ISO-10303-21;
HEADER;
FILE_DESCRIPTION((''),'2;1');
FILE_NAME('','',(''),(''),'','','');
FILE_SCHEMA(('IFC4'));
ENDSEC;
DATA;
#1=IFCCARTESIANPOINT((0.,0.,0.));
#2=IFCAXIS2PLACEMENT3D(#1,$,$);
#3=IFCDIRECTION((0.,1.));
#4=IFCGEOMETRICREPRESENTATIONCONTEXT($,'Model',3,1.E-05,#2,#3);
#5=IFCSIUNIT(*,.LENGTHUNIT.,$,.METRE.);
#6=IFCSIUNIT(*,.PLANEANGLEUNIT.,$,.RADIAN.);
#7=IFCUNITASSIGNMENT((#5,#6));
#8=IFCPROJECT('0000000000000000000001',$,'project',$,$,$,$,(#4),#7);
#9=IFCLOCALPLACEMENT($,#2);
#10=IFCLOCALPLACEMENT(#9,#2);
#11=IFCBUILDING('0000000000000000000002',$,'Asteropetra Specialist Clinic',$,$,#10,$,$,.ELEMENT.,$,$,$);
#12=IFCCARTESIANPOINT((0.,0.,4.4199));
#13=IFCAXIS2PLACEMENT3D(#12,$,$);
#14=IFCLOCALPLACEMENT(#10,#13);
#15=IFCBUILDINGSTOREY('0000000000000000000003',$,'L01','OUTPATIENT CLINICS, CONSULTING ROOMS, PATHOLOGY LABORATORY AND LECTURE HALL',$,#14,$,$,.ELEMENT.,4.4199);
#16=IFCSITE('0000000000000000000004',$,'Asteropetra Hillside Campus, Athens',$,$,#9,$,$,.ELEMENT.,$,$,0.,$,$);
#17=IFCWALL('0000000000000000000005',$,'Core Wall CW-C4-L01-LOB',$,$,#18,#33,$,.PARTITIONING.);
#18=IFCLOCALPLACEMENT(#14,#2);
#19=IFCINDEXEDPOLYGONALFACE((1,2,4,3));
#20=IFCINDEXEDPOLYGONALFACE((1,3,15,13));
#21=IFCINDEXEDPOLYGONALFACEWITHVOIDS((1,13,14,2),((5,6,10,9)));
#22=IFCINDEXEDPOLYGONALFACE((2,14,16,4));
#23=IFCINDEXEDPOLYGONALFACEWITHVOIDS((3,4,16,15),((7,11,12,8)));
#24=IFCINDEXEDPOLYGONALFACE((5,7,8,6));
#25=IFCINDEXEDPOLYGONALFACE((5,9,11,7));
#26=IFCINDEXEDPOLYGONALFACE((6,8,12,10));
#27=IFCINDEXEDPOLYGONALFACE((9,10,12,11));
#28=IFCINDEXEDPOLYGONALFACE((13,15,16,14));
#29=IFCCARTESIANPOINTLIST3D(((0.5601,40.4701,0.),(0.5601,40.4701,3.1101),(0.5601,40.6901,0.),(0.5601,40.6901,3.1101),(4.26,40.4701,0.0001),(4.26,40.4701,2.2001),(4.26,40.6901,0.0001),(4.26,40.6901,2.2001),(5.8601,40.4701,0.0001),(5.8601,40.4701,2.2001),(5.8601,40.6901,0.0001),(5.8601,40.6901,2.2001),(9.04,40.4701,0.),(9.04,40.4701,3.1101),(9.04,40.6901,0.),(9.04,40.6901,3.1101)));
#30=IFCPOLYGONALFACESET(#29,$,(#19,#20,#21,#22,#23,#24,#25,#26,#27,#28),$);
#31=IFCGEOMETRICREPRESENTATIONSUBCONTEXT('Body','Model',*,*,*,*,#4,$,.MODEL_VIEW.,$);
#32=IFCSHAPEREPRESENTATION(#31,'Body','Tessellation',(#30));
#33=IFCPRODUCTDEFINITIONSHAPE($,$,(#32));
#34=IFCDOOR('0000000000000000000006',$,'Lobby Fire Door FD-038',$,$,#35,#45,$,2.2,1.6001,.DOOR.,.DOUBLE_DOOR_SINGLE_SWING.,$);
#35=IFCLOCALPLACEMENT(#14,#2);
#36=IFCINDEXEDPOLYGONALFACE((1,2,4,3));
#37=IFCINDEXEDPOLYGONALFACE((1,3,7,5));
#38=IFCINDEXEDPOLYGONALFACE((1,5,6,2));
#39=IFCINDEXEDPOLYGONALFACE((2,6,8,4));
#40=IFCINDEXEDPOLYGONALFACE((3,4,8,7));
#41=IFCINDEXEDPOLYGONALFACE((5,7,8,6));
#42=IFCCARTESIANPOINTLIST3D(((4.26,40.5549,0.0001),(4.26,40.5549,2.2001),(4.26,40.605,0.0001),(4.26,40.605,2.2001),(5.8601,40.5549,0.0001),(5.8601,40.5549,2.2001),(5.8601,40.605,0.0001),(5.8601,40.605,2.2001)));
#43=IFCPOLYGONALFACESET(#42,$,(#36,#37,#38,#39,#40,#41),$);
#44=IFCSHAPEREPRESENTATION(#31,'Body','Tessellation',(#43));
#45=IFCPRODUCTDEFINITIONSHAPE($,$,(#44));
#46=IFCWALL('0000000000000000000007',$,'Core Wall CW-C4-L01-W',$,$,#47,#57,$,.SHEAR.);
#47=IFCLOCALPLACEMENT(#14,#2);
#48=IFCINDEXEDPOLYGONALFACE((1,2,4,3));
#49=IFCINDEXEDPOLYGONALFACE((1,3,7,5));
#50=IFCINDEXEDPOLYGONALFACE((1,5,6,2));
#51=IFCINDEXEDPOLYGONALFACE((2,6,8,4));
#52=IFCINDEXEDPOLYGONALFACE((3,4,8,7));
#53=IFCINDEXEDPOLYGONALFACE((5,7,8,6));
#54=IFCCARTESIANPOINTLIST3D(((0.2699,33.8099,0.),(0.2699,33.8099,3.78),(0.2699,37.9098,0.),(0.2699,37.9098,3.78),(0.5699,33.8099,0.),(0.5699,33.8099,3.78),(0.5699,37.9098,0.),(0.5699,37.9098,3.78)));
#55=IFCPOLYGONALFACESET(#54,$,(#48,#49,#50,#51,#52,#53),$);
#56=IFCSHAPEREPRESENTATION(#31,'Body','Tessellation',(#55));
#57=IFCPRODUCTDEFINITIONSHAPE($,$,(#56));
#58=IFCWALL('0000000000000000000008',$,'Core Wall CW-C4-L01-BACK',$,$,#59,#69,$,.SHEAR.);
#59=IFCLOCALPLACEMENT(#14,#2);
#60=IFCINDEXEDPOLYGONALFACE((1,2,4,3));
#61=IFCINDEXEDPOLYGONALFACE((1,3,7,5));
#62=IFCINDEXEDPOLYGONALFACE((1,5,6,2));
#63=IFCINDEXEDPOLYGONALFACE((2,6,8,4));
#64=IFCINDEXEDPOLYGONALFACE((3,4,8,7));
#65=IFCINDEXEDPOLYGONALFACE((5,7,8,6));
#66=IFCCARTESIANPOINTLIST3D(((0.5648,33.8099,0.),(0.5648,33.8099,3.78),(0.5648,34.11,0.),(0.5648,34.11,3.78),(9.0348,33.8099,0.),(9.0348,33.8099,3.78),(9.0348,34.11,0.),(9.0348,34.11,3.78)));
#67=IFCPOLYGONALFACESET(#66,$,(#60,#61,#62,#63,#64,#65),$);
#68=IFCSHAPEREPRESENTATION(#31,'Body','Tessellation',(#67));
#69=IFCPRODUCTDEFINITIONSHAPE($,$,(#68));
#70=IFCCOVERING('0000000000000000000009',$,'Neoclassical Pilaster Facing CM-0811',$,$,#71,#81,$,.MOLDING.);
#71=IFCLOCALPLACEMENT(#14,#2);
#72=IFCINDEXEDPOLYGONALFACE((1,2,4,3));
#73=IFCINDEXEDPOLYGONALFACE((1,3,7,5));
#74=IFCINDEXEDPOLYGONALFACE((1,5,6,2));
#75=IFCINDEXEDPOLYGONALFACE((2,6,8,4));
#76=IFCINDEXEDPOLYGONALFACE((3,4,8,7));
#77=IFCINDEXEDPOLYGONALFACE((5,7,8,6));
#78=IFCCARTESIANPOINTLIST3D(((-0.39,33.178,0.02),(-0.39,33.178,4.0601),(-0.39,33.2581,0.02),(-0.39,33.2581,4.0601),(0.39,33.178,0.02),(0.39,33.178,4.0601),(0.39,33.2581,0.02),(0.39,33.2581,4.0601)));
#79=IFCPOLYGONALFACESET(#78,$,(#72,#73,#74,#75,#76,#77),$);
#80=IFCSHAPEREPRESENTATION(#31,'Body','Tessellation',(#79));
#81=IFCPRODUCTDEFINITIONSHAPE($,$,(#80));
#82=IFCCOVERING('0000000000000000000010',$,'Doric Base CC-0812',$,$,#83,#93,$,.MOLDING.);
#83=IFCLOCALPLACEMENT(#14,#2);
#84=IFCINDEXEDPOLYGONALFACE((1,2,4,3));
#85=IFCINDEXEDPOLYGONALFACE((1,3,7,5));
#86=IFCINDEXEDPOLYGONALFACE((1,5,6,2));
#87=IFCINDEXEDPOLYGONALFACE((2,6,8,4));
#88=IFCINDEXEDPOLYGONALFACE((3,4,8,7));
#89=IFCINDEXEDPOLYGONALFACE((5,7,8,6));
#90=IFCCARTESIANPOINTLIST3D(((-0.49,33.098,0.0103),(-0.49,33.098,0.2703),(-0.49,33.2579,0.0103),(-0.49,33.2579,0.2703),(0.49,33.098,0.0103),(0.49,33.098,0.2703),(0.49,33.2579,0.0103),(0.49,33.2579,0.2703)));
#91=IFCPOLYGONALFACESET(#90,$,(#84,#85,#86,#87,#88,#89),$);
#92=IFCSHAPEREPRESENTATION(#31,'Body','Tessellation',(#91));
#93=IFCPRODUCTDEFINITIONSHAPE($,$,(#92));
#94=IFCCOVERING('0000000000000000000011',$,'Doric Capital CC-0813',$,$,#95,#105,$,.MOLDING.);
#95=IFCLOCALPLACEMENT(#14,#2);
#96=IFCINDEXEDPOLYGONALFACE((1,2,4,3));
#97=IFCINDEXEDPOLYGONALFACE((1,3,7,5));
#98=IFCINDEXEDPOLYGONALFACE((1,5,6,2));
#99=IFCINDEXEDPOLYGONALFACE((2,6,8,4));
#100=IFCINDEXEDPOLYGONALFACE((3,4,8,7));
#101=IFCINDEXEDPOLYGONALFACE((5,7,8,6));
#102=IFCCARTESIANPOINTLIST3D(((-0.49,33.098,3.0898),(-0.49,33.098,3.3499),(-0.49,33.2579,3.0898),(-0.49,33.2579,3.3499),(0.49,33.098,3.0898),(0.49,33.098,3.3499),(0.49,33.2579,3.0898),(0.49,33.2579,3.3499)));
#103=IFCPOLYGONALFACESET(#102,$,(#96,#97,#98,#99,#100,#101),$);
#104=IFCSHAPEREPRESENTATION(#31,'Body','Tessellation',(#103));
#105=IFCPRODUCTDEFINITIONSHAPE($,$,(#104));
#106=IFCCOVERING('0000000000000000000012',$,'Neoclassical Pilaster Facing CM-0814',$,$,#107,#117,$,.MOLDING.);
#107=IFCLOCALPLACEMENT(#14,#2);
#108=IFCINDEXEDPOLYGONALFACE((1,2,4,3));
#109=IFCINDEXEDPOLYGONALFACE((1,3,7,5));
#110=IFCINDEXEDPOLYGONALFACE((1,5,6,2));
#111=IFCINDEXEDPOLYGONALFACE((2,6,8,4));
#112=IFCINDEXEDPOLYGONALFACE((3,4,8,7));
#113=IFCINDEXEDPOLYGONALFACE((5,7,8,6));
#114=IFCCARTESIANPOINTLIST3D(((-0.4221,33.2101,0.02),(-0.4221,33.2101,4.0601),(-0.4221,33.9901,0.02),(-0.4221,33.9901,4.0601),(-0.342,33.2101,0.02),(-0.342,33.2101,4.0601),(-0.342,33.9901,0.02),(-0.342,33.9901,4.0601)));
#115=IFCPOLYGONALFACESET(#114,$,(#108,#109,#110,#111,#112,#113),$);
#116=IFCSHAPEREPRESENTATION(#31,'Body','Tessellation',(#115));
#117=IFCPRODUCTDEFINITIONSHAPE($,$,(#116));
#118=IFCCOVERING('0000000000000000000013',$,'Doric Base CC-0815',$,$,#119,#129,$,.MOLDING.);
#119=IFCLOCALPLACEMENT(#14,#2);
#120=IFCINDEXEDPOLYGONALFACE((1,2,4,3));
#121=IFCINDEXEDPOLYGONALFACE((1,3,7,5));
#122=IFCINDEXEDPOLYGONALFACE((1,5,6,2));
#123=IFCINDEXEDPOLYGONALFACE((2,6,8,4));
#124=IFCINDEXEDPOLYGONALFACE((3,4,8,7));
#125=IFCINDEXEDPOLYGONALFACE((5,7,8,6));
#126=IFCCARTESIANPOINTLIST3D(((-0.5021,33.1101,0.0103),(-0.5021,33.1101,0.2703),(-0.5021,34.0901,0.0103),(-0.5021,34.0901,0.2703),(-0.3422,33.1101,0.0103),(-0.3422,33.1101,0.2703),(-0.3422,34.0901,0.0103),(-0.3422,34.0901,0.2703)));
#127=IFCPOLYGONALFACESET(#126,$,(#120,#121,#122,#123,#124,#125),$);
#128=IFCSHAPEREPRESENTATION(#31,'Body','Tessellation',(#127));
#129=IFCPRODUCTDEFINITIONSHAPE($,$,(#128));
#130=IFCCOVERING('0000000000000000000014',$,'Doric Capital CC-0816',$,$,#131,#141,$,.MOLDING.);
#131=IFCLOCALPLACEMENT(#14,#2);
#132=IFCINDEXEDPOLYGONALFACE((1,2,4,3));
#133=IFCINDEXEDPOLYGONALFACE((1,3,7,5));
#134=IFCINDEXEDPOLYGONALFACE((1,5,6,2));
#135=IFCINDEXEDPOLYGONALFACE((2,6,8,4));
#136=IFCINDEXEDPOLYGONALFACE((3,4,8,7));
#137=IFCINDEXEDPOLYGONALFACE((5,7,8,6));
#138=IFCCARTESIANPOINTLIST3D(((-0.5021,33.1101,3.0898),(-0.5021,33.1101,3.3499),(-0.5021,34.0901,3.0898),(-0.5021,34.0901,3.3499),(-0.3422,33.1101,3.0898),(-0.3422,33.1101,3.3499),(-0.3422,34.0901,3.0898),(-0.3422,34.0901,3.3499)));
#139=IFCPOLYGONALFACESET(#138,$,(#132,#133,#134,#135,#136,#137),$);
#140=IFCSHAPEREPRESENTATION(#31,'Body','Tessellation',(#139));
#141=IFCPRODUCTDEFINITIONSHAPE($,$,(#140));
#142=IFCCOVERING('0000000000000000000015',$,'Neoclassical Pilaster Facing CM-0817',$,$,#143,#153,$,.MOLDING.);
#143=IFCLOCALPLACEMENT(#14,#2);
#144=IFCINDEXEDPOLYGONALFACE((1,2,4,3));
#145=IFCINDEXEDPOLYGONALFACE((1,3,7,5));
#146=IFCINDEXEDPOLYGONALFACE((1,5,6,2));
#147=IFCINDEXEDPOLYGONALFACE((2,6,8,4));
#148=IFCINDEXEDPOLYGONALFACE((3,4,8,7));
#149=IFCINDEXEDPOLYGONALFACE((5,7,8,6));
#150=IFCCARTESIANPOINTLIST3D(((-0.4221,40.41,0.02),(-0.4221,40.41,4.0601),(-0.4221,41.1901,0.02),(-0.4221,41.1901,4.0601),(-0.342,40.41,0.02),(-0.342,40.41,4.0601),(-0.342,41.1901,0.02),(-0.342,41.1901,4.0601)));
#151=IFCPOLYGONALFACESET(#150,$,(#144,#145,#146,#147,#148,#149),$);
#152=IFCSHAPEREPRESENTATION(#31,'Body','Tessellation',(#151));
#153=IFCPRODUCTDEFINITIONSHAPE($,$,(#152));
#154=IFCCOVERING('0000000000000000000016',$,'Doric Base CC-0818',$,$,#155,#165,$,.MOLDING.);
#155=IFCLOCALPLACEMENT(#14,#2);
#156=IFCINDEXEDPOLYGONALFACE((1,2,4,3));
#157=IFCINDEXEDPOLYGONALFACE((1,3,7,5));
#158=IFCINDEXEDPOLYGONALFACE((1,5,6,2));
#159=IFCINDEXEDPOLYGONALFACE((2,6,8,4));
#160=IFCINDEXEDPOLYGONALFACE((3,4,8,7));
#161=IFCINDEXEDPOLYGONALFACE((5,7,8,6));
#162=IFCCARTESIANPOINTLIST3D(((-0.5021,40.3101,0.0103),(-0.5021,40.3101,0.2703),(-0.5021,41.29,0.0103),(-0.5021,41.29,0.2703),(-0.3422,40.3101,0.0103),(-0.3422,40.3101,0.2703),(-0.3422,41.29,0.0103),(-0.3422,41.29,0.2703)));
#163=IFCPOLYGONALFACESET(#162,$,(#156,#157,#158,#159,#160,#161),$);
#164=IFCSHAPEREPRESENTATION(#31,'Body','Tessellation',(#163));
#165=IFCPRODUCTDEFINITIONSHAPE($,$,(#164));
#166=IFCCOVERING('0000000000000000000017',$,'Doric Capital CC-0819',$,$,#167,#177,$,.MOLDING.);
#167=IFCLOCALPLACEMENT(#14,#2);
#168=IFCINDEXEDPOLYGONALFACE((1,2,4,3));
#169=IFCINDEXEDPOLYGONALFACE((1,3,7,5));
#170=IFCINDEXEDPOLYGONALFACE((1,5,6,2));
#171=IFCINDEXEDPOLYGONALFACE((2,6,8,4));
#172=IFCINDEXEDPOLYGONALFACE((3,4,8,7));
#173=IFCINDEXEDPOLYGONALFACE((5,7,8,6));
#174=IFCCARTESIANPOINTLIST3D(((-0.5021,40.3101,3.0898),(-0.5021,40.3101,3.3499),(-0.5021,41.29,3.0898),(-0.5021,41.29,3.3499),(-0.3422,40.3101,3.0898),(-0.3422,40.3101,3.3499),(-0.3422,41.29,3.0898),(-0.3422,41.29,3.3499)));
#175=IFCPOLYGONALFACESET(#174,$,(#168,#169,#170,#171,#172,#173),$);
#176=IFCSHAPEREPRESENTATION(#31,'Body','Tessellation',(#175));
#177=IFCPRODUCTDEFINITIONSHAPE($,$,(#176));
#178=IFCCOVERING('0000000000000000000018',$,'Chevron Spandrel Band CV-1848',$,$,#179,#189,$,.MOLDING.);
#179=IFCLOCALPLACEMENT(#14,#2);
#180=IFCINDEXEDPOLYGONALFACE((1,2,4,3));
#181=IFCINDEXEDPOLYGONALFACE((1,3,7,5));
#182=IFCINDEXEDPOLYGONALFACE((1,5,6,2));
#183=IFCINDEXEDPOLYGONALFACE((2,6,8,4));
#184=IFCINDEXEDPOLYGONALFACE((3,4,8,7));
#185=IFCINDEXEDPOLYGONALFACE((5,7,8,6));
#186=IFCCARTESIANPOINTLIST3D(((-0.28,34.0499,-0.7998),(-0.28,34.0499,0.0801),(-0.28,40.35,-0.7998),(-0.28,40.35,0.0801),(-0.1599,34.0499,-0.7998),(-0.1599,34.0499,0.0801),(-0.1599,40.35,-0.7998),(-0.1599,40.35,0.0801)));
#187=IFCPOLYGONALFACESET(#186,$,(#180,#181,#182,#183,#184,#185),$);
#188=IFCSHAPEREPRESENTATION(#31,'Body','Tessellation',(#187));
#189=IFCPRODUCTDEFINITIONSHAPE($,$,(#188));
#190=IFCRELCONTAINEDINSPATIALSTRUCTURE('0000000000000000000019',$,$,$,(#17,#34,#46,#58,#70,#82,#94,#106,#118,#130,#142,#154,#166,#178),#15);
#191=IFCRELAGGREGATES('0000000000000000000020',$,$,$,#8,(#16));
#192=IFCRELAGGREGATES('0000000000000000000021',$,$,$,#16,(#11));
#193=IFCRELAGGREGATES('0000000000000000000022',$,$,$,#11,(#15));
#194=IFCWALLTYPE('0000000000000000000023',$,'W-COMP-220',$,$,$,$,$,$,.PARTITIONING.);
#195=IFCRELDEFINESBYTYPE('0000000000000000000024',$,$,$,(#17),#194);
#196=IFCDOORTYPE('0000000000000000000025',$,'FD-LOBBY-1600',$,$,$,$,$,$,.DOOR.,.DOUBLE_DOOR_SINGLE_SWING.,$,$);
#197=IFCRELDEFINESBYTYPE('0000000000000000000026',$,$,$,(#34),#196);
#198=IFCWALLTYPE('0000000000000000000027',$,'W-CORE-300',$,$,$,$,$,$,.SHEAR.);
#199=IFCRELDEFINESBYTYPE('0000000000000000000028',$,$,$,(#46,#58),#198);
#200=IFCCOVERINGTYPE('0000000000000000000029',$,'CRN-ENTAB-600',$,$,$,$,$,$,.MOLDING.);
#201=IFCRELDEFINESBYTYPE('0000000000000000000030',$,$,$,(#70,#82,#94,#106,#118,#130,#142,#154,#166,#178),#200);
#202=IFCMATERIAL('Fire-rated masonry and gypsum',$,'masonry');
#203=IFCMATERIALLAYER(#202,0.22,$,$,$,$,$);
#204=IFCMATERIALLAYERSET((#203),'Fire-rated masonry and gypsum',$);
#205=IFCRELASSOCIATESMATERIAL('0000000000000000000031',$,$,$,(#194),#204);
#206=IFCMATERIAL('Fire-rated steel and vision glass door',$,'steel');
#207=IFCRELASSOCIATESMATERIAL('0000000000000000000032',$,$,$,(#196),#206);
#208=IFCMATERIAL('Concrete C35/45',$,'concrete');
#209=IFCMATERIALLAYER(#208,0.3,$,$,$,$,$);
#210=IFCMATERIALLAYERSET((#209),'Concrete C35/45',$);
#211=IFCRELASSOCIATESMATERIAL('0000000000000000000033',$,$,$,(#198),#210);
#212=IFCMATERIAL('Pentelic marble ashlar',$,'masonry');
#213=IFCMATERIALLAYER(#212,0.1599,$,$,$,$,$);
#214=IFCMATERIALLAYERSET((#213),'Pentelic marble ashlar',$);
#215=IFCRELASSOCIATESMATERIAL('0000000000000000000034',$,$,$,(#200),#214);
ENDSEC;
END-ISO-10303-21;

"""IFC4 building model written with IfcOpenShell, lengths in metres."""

from ifc_helpers import new_model, si_unit, direction, frame, frame_2d, origin, origin_2d, place, context, subcontext, project, spatial, rectangle, extrude, material, layer, layer_set, type_object, element, fill, save


model = new_model("IFC4")

# Units and contexts
model_context = context("Model", 3, precision=1e-05, world=origin(), true_north=direction((0.0, 1.0)))
body_context = subcontext(model_context, "Body", "Model", "MODEL_VIEW")
ifc_project = project(units=[si_unit("LENGTHUNIT", "METRE"), si_unit("PLANEANGLEUNIT", "RADIAN")], contexts=[model_context])

# Site, building, storey
site_placement = place(None, origin())
site = spatial("IfcSite", under=ifc_project, at=site_placement, Name="Asteropetra Hillside Campus, Athens", CompositionType="ELEMENT", RefElevation=0.0)
building_placement = place(site_placement, origin())
building = spatial("IfcBuilding", under=site, at=building_placement, Name="Asteropetra Specialist Clinic", CompositionType="ELEMENT")
storey_placement = place(building_placement, frame((0.0, 0.0, 4.4199)))
storey = spatial("IfcBuildingStorey", under=building, at=storey_placement, Name="L01", Description="OUTPATIENT CLINICS, CONSULTING ROOMS, PATHOLOGY LABORATORY AND LECTURE HALL", CompositionType="ELEMENT", Elevation=4.4199)

# Wall, opening, door
ifc_material_1 = material(Name="Fire-rated masonry and gypsum", Category="masonry")
ifc_layer_1 = layer(ifc_material_1, 0.22)
ifc_layer_set_1 = layer_set([ifc_layer_1], Name="Fire-rated masonry and gypsum")
wall_type_1 = type_object("IfcWallType", Name="W-COMP-220", PredefinedType="PARTITIONING", material=ifc_layer_set_1)
wall_1_placement = place(storey_placement, frame((0.5601, 40.5801, 0.0), z_axis=(0.0, 0.0, 1.0), x_axis=(1.0, 0.0, 0.0)))
wall_1 = element("IfcWall", 1, at=wall_1_placement, inside=storey, type_object=wall_type_1, Name="Core Wall CW-C4-L01-LOB", PredefinedType="PARTITIONING", context=body_context, shape_type="SweptSolid", body=[
    extrude(rectangle(XDim=8.48, YDim=0.22, at=frame_2d((4.24, 0.0))), origin(), (0.0, 0.0, 1.0), 3.1101),
])
opening_1_placement = place(wall_1_placement, frame((3.7, 0.0, 0.0)))
opening_1 = element("IfcOpeningElement", 2, at=opening_1_placement, cuts=wall_1, PredefinedType="OPENING", context=body_context, shape_type="SweptSolid", body=[
    extrude(rectangle(XDim=1.6001, YDim=2.2, at=frame_2d((0.8, 1.1001))), frame((0.0, 0.1199, 0.0), z_axis=(0.0, -1.0, 0.0), x_axis=(1.0, 0.0, 0.0)), (0.0, 0.0, 1.0), 0.24),
])
ifc_material_2 = material(Name="Fire-rated steel and vision glass door", Category="steel")
door_type_1 = type_object("IfcDoorType", Name="FD-LOBBY-1600", OperationType="DOUBLE_DOOR_SINGLE_SWING", PredefinedType="DOOR", material=ifc_material_2)
door_1_placement = place(opening_1_placement, origin())
door_1 = element("IfcDoor", 3, at=door_1_placement, inside=storey, type_object=door_type_1, Name="Lobby Fire Door FD-038", OperationType="DOUBLE_DOOR_SINGLE_SWING", OverallHeight=2.2, OverallWidth=1.6001, PredefinedType="DOOR", context=body_context, shape_type="SweptSolid", body=[
    extrude(rectangle(XDim=1.6001, YDim=2.2, at=frame_2d((0.8, 1.1001))), frame((0.0, 0.0249, 0.0), z_axis=(0.0, -1.0, 0.0), x_axis=(1.0, 0.0, 0.0)), (0.0, 0.0, 1.0), 0.05),
])
fill(opening_1, door_1)

# Walls
ifc_material_3 = material(Name="Concrete C35/45", Category="concrete")
ifc_layer_2 = layer(ifc_material_3, 0.3)
ifc_layer_set_2 = layer_set([ifc_layer_2], Name="Concrete C35/45")
wall_type_2 = type_object("IfcWallType", Name="W-CORE-300", PredefinedType="SHEAR", material=ifc_layer_set_2)
wall_2_placement = place(storey_placement, frame((0.4199, 33.8101, 0.0), z_axis=(0.0, 0.0, 1.0), x_axis=(0.0, 1.0, 0.0)))
element("IfcWall", 4, at=wall_2_placement, inside=storey, type_object=wall_type_2, Name="Core Wall CW-C4-L01-W", PredefinedType="SHEAR", context=body_context, shape_type="SweptSolid", body=[
    extrude(rectangle(XDim=4.0999, YDim=0.3, at=frame_2d((2.0498, 0.0))), origin(), (0.0, 0.0, 1.0), 3.78),
])
wall_3_placement = place(storey_placement, frame((0.5649, 33.96, 0.0), z_axis=(0.0, 0.0, 1.0), x_axis=(1.0, 0.0, 0.0)))
element("IfcWall", 5, at=wall_3_placement, inside=storey, type_object=wall_type_2, Name="Core Wall CW-C4-L01-BACK", PredefinedType="SHEAR", context=body_context, shape_type="SweptSolid", body=[
    extrude(rectangle(XDim=8.47, YDim=0.3, at=frame_2d((4.2349, 0.0))), origin(), (0.0, 0.0, 1.0), 3.78),
])

# Coverings
ifc_material_4 = material(Name="Pentelic marble ashlar", Category="masonry")
ifc_layer_3 = layer(ifc_material_4, 0.1599)
ifc_layer_set_3 = layer_set([ifc_layer_3], Name="Pentelic marble ashlar")
covering_type = type_object("IfcCoveringType", Name="CRN-ENTAB-600", PredefinedType="MOLDING", material=ifc_layer_set_3)
covering_1_placement = place(storey_placement, frame((0.0, 33.218, 0.02), z_axis=(0.0, 0.0, 1.0), x_axis=(1.0, 0.0, 0.0)))
element("IfcCovering", 6, at=covering_1_placement, inside=storey, type_object=covering_type, Name="Neoclassical Pilaster Facing CM-0811", PredefinedType="MOLDING", context=body_context, shape_type="SweptSolid", body=[
    extrude(rectangle(XDim=0.78, YDim=0.0801, at=origin_2d()), origin(), (0.0, 0.0, 1.0), 4.04),
])
for number, where, z_axis, x_axis, name in (
    (7, (0.0, 33.178, 0.0103), (0.0, 0.0, 1.0), (1.0, 0.0, 0.0), "Doric Base CC-0812"),
    (8, (0.0, 33.178, 3.0898), (0.0, 0.0, 1.0), (1.0, 0.0, 0.0), "Doric Capital CC-0813"),
):
    element("IfcCovering", number, at=place(storey_placement, frame(where, z_axis=z_axis, x_axis=x_axis)), inside=storey, type_object=covering_type, Name=name, PredefinedType="MOLDING", context=body_context, shape_type="SweptSolid", body=[
        extrude(rectangle(XDim=0.98, YDim=0.1599, at=origin_2d()), origin(), (0.0, 0.0, 1.0), 0.26),
    ])
covering_2_placement = place(storey_placement, frame((-0.3821, 33.6001, 0.02), z_axis=(0.0, 0.0, 1.0), x_axis=(1.0, 0.0, 0.0)))
element("IfcCovering", 9, at=covering_2_placement, inside=storey, type_object=covering_type, Name="Neoclassical Pilaster Facing CM-0814", PredefinedType="MOLDING", context=body_context, shape_type="SweptSolid", body=[
    extrude(rectangle(XDim=0.0801, YDim=0.78, at=origin_2d()), origin(), (0.0, 0.0, 1.0), 4.04),
])
for number, where, z_axis, x_axis, name in (
    (10, (-0.4221, 33.6001, 0.0103), (0.0, 0.0, 1.0), (1.0, 0.0, 0.0), "Doric Base CC-0815"),
    (11, (-0.4221, 33.6001, 3.0898), (0.0, 0.0, 1.0), (1.0, 0.0, 0.0), "Doric Capital CC-0816"),
):
    element("IfcCovering", number, at=place(storey_placement, frame(where, z_axis=z_axis, x_axis=x_axis)), inside=storey, type_object=covering_type, Name=name, PredefinedType="MOLDING", context=body_context, shape_type="SweptSolid", body=[
        extrude(rectangle(XDim=0.1599, YDim=0.98, at=origin_2d()), origin(), (0.0, 0.0, 1.0), 0.26),
    ])
covering_3_placement = place(storey_placement, frame((-0.3821, 40.8, 0.02), z_axis=(0.0, 0.0, 1.0), x_axis=(1.0, 0.0, 0.0)))
element("IfcCovering", 12, at=covering_3_placement, inside=storey, type_object=covering_type, Name="Neoclassical Pilaster Facing CM-0817", PredefinedType="MOLDING", context=body_context, shape_type="SweptSolid", body=[
    extrude(rectangle(XDim=0.0801, YDim=0.78, at=origin_2d()), origin(), (0.0, 0.0, 1.0), 4.04),
])
for number, where, z_axis, x_axis, name in (
    (13, (-0.4221, 40.8, 0.0103), (0.0, 0.0, 1.0), (1.0, 0.0, 0.0), "Doric Base CC-0818"),
    (14, (-0.4221, 40.8, 3.0898), (0.0, 0.0, 1.0), (1.0, 0.0, 0.0), "Doric Capital CC-0819"),
):
    element("IfcCovering", number, at=place(storey_placement, frame(where, z_axis=z_axis, x_axis=x_axis)), inside=storey, type_object=covering_type, Name=name, PredefinedType="MOLDING", context=body_context, shape_type="SweptSolid", body=[
        extrude(rectangle(XDim=0.1599, YDim=0.98, at=origin_2d()), origin(), (0.0, 0.0, 1.0), 0.26),
    ])
covering_4_placement = place(storey_placement, frame((-0.22, 37.2, -0.7998), z_axis=(0.0, 0.0, 1.0), x_axis=(1.0, 0.0, 0.0)))
element("IfcCovering", 15, at=covering_4_placement, inside=storey, type_object=covering_type, Name="Chevron Spandrel Band CV-1848", PredefinedType="MOLDING", context=body_context, shape_type="SweptSolid", body=[
    extrude(rectangle(XDim=0.1201, YDim=6.3, at=origin_2d()), origin(), (0.0, 0.0, 1.0), 0.8799),
])

save(model, "model.ifc")
